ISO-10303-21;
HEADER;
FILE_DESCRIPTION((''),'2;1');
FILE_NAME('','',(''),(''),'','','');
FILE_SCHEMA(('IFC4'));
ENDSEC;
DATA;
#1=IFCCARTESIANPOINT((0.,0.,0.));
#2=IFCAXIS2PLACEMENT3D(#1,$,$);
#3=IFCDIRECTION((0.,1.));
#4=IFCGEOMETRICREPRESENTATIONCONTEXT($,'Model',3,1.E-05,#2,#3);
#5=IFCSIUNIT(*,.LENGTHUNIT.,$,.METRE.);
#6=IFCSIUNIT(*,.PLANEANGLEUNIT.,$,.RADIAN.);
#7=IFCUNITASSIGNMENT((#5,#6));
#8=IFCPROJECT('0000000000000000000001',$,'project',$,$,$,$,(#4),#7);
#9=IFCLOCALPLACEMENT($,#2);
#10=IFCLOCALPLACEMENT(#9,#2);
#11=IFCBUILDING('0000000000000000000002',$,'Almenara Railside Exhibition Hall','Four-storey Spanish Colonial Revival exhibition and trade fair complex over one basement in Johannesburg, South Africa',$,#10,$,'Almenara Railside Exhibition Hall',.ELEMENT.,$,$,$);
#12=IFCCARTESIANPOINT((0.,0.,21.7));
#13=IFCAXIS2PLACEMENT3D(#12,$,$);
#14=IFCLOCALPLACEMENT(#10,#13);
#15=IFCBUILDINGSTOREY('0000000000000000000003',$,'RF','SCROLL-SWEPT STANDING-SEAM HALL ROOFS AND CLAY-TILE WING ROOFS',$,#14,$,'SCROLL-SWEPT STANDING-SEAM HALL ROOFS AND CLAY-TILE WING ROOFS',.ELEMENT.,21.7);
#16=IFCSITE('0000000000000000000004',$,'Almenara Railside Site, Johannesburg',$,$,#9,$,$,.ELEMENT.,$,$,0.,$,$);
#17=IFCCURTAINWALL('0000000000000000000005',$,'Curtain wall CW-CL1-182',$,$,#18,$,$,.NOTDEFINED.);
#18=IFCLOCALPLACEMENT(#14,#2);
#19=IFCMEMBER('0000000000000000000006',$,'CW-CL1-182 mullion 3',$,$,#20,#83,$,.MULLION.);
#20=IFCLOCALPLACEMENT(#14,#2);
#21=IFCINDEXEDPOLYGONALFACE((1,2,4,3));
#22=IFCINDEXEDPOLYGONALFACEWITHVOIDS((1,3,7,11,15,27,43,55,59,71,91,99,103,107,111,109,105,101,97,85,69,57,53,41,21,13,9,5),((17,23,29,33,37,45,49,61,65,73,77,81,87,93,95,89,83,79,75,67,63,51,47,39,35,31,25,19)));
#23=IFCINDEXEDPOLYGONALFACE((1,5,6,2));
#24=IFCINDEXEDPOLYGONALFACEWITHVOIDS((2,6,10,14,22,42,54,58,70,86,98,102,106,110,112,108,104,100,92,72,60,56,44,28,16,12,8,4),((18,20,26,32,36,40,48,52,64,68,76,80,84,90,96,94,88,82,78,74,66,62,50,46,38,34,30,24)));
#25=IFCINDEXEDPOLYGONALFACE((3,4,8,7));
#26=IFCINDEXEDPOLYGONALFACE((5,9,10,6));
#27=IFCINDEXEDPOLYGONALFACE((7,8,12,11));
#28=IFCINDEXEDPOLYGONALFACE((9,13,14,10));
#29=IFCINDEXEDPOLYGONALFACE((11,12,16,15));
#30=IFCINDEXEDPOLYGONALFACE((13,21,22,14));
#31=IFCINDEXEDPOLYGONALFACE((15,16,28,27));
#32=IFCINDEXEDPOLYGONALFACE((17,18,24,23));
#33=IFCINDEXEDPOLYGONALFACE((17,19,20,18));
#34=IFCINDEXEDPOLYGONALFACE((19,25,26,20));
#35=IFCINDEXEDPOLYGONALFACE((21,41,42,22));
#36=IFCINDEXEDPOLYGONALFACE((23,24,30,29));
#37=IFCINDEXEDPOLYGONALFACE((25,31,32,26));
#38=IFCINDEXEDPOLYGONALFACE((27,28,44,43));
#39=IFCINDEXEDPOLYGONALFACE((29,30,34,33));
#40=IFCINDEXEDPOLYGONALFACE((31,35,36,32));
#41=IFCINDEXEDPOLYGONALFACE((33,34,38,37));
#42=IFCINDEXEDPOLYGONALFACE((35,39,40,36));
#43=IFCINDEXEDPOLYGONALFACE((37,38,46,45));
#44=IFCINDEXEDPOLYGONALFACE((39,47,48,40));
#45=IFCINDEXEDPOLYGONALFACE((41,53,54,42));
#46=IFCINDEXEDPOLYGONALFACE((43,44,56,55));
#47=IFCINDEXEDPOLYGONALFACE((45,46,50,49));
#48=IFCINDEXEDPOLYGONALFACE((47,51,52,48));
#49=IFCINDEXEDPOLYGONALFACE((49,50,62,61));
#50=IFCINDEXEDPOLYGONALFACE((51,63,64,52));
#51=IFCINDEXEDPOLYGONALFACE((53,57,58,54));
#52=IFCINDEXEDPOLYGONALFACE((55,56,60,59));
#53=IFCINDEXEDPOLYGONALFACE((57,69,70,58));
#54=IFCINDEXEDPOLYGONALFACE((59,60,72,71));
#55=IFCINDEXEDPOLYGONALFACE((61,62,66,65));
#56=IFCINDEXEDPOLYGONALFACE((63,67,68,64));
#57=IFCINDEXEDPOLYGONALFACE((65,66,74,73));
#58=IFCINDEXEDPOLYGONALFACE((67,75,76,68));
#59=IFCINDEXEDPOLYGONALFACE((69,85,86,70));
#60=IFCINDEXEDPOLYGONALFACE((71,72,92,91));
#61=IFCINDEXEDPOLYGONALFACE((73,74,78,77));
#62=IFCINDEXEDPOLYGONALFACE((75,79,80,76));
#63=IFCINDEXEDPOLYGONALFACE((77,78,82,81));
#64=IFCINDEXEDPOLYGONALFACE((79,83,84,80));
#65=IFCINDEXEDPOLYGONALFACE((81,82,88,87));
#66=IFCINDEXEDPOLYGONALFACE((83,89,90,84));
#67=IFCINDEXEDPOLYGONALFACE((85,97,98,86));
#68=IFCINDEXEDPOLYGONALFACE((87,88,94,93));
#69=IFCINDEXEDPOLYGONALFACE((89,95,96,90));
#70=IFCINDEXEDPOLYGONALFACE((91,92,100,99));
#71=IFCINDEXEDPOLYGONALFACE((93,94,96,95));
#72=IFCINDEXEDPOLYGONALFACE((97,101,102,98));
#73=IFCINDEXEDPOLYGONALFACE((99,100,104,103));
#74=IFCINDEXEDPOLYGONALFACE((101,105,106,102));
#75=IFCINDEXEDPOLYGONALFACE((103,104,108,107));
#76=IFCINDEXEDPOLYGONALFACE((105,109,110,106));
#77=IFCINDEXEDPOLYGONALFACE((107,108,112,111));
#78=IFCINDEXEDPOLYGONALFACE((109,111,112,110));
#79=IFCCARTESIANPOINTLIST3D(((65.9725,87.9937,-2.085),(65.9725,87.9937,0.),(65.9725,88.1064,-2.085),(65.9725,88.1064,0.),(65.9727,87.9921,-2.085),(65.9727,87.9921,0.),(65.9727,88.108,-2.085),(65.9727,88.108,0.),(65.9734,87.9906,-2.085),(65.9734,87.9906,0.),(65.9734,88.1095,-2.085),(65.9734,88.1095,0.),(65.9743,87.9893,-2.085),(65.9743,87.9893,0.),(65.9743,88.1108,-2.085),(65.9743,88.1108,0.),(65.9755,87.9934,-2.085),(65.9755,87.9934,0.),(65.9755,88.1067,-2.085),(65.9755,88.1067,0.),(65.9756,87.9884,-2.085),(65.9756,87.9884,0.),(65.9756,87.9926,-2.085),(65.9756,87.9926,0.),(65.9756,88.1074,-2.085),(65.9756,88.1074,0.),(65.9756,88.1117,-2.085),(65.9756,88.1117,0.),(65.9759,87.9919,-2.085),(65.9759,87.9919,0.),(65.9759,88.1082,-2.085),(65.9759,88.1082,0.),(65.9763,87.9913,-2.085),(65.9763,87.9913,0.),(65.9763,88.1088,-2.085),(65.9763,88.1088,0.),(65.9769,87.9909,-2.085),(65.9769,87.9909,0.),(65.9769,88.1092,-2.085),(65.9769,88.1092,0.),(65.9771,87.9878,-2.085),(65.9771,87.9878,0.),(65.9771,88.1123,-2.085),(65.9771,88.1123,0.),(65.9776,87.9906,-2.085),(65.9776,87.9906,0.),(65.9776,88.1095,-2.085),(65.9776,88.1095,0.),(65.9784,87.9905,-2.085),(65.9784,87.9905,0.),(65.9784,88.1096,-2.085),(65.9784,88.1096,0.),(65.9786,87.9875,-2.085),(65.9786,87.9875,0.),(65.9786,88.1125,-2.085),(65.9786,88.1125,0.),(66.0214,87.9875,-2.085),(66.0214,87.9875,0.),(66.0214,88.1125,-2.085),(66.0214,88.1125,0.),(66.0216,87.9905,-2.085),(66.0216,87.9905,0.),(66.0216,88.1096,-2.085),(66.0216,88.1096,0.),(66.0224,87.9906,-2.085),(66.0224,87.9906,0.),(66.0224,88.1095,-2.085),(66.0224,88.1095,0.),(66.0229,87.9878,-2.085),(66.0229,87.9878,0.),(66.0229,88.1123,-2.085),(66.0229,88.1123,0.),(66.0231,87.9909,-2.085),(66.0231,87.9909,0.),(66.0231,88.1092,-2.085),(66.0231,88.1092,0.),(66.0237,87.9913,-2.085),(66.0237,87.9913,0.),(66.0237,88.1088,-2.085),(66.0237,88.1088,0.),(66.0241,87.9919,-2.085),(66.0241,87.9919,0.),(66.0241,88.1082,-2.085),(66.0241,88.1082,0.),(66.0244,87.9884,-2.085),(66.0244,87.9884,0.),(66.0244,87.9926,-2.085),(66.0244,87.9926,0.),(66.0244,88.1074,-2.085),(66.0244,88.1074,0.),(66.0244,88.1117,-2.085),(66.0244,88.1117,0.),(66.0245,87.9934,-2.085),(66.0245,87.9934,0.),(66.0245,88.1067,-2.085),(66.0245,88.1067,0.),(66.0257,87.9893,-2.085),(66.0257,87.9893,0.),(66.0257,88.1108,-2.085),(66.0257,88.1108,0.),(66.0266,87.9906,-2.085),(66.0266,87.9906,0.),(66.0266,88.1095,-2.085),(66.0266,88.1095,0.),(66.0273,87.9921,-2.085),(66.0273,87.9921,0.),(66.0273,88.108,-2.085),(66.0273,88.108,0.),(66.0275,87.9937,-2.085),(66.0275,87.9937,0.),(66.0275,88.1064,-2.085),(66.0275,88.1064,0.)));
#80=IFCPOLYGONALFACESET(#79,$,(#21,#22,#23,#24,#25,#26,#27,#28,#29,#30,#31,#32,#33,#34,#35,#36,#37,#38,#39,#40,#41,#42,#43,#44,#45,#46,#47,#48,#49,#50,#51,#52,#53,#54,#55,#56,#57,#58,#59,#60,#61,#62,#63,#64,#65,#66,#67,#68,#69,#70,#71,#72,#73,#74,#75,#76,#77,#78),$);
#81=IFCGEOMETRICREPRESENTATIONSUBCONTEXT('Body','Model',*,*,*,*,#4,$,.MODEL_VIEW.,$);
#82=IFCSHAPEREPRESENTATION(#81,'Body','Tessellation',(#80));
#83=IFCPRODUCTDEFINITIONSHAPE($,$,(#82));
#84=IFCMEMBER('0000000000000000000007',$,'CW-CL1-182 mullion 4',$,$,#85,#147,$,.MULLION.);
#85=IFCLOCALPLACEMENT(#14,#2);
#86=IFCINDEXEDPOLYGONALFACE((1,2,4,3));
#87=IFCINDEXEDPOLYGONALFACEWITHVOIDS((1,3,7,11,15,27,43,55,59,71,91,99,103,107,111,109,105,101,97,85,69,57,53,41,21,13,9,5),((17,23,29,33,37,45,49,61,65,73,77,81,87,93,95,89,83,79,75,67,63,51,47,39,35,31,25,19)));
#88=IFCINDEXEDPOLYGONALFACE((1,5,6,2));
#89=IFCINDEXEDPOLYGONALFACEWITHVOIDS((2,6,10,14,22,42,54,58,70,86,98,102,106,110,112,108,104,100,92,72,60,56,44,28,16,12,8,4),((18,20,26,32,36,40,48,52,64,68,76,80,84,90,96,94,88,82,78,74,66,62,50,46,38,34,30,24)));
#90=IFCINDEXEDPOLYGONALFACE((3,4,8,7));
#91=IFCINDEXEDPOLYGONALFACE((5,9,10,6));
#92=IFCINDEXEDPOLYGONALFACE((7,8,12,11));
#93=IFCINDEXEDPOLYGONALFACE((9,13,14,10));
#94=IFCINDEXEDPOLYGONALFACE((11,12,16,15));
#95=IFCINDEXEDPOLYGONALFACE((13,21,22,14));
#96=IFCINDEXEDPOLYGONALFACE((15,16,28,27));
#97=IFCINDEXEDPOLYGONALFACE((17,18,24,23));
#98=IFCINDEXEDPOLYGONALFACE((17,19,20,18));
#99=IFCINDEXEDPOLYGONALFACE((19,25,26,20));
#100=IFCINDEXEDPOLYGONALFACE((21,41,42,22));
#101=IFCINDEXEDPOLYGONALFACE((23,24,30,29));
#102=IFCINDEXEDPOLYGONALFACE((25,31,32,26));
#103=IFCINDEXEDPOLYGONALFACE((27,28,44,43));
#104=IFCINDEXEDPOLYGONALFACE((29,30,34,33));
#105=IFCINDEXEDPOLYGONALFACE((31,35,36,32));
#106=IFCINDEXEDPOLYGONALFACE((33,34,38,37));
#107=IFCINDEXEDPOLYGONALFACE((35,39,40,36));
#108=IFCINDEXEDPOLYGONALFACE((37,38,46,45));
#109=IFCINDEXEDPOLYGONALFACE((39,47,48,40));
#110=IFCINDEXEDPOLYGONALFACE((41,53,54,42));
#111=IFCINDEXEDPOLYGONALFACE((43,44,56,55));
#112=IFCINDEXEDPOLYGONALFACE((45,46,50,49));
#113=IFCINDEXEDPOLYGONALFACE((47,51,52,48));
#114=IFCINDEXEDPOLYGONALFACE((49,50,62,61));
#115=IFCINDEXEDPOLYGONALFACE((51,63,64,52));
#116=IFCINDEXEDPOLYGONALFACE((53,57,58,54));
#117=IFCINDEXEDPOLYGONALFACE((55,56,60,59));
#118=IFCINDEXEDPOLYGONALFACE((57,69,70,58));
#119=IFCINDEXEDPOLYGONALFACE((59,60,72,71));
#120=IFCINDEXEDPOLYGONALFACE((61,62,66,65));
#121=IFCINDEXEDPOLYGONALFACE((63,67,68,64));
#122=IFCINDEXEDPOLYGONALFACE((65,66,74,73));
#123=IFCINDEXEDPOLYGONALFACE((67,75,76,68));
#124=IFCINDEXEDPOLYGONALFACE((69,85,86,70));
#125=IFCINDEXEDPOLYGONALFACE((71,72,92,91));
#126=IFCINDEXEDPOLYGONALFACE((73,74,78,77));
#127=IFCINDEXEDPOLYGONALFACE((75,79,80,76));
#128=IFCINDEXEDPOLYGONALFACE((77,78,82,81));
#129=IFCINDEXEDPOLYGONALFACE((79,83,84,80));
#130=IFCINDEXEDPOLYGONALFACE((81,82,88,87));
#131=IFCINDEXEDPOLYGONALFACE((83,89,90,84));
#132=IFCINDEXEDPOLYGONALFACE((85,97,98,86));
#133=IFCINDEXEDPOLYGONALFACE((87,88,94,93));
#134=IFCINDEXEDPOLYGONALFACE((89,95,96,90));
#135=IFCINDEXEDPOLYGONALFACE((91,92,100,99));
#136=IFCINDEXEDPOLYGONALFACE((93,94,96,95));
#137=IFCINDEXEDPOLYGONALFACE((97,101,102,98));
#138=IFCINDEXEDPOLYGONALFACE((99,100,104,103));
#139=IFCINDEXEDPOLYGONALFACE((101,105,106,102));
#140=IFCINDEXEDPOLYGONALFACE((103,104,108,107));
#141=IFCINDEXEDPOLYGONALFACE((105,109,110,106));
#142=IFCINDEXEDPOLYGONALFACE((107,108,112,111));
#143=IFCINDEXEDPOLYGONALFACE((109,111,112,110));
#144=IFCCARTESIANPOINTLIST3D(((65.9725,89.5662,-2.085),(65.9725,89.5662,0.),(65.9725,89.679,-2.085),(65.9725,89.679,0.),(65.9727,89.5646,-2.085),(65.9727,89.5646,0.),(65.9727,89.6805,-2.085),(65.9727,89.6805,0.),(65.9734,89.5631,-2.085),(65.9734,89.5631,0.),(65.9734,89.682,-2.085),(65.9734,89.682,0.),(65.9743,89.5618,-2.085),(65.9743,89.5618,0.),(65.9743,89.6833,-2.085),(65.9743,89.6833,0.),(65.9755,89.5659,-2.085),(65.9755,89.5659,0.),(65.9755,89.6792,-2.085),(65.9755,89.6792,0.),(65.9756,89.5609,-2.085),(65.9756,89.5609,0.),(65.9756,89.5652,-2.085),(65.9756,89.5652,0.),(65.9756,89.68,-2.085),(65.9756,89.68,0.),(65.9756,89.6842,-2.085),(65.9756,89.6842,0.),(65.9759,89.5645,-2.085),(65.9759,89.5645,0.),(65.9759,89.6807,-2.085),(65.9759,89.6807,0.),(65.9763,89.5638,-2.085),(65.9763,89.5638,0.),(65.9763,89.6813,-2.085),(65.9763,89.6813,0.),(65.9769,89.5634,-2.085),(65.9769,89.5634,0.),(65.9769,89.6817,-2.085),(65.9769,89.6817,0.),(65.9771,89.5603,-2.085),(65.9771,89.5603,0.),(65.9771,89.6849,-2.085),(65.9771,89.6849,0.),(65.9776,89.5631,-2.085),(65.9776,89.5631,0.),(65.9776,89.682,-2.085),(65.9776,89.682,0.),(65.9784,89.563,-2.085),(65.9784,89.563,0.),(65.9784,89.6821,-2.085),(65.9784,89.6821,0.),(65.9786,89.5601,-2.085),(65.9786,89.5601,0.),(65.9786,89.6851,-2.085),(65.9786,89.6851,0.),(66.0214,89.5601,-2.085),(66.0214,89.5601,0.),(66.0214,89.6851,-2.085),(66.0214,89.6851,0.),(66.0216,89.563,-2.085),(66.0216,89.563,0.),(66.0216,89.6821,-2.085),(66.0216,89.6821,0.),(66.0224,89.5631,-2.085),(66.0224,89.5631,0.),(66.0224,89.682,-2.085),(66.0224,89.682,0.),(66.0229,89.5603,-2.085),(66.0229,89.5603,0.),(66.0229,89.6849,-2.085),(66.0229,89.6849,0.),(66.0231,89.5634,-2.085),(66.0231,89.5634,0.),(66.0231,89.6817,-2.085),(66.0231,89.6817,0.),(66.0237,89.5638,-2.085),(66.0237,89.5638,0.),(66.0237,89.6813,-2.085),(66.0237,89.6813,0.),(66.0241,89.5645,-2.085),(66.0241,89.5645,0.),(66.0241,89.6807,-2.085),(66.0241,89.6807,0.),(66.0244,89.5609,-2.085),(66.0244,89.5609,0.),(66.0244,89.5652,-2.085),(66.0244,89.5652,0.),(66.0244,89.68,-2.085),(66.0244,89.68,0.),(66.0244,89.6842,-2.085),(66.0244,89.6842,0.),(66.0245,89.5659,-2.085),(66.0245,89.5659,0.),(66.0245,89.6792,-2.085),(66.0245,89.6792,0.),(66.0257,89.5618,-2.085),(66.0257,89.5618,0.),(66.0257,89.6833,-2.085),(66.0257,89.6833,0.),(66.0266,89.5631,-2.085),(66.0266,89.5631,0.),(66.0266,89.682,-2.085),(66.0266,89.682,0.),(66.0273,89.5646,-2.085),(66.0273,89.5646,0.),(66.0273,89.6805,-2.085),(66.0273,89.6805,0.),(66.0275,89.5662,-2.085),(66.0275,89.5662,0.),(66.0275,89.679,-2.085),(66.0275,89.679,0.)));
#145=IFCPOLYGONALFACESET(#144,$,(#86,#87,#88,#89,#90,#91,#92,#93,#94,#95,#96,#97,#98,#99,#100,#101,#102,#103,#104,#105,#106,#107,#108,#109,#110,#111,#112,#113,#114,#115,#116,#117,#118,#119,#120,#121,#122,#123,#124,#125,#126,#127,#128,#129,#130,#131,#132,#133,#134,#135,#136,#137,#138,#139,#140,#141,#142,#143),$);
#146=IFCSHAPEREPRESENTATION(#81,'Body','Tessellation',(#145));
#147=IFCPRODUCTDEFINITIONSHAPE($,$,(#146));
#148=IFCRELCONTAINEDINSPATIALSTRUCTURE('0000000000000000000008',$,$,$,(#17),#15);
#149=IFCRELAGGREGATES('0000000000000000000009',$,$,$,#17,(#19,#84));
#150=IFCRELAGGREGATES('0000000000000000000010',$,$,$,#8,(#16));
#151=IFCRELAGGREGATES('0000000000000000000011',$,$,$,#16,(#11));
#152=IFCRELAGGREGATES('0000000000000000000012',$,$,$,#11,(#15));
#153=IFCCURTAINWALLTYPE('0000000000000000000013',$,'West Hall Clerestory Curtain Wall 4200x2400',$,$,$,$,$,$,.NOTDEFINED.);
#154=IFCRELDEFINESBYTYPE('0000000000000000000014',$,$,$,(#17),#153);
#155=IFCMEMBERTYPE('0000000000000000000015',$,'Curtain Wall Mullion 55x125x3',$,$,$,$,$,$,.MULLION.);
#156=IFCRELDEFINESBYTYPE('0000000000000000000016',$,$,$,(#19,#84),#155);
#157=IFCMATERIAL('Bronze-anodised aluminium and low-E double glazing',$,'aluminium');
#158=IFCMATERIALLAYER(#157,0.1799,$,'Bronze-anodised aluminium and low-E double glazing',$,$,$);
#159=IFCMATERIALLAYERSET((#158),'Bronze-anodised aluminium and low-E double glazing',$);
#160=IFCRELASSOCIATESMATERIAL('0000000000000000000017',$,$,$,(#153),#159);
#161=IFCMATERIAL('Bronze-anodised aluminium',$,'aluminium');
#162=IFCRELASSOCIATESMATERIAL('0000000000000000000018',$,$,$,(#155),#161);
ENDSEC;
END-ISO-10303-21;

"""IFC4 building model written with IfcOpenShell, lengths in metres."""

from ifc_helpers import new_model, si_unit, direction, frame, origin, origin_2d, place, context, subcontext, project, spatial, hollow_rectangle, extrude, material, layer, layer_set, material_profile, profile_set, type_object, element, aggregate, save


model = new_model("IFC4")

# Units and contexts
model_context = context("Model", 3, precision=1e-05, world=origin(), true_north=direction((0.0, 1.0)))
body_context = subcontext(model_context, "Body", "Model", "MODEL_VIEW")
ifc_project = project(units=[si_unit("LENGTHUNIT", "METRE"), si_unit("PLANEANGLEUNIT", "RADIAN")], contexts=[model_context])

# Site, building, storey
site_placement = place(None, origin())
site = spatial("IfcSite", under=ifc_project, at=site_placement, Name="Almenara Railside Site, Johannesburg", CompositionType="ELEMENT", RefElevation=0.0)
building_placement = place(site_placement, origin())
building = spatial("IfcBuilding", under=site, at=building_placement, Name="Almenara Railside Exhibition Hall", Description="Four-storey Spanish Colonial Revival exhibition and trade fair complex over one basement in Johannesburg, South Africa", LongName="Almenara Railside Exhibition Hall", CompositionType="ELEMENT")
storey_placement = place(building_placement, frame((0.0, 0.0, 21.7)))
storey = spatial("IfcBuildingStorey", under=building, at=storey_placement, Name="RF", Description="SCROLL-SWEPT STANDING-SEAM HALL ROOFS AND CLAY-TILE WING ROOFS", LongName="SCROLL-SWEPT STANDING-SEAM HALL ROOFS AND CLAY-TILE WING ROOFS", CompositionType="ELEMENT", Elevation=21.7)

# Curtain wall, members
ifc_material_1 = material(Name="Bronze-anodised aluminium and low-E double glazing", Category="aluminium")
ifc_layer_1 = layer(ifc_material_1, 0.1799, Name="Bronze-anodised aluminium and low-E double glazing")
ifc_layer_set_1 = layer_set([ifc_layer_1], Name="Bronze-anodised aluminium and low-E double glazing")
curtain_wall_type = type_object("IfcCurtainWallType", Name="West Hall Clerestory Curtain Wall 4200x2400", PredefinedType="NOTDEFINED", material=ifc_layer_set_1)
curtain_wall_1_placement = place(storey_placement, origin())
curtain_wall_1 = element("IfcCurtainWall", 1, at=curtain_wall_1_placement, inside=storey, type_object=curtain_wall_type, Name="Curtain wall CW-CL1-182", PredefinedType="NOTDEFINED")
ifc_material_2 = material(Name="Bronze-anodised aluminium", Category="aluminium")
ifc_material_profile_1 = material_profile(ifc_material_2, hollow_rectangle(XDim=0.0549, YDim=0.125, WallThickness=0.0029, InnerFilletRadius=0.0029, OuterFilletRadius=0.0061, at=origin_2d()), Name="ALU-MUL 55x125x3")
ifc_profile_set_1 = profile_set([ifc_material_profile_1], Name="Bronze-anodised aluminium")
member_type_1 = type_object("IfcMemberType", Name="Curtain Wall Mullion 55x125x3", PredefinedType="MULLION", material=ifc_profile_set_1)
member_1_placement = place(storey_placement, frame((66.0, 88.05, -2.085), z_axis=(0.0, 0.0, 1.0), x_axis=(-1.0, 0.0, 0.0)))
member_1 = element("IfcMember", 2, at=member_1_placement, type_object=member_type_1, Name="CW-CL1-182 mullion 3", PredefinedType="MULLION", context=body_context, shape_type="SweptSolid", body=[
    extrude(hollow_rectangle(XDim=0.0549, YDim=0.125, WallThickness=0.0029, InnerFilletRadius=0.0029, OuterFilletRadius=0.0061, at=origin_2d()), origin(), (0.0, 0.0, 1.0), 2.085),
])
member_2_placement = place(storey_placement, frame((66.0, 89.6226, -2.085), z_axis=(0.0, 0.0, 1.0), x_axis=(-1.0, 0.0, 0.0)))
member_2 = element("IfcMember", 3, at=member_2_placement, type_object=member_type_1, Name="CW-CL1-182 mullion 4", PredefinedType="MULLION", context=body_context, shape_type="SweptSolid", body=[
    extrude(hollow_rectangle(XDim=0.0549, YDim=0.125, WallThickness=0.0029, InnerFilletRadius=0.0029, OuterFilletRadius=0.0061, at=origin_2d()), origin(), (0.0, 0.0, 1.0), 2.085),
])

aggregate(curtain_wall_1, [member_1, member_2])

save(model, "model.ifc")
